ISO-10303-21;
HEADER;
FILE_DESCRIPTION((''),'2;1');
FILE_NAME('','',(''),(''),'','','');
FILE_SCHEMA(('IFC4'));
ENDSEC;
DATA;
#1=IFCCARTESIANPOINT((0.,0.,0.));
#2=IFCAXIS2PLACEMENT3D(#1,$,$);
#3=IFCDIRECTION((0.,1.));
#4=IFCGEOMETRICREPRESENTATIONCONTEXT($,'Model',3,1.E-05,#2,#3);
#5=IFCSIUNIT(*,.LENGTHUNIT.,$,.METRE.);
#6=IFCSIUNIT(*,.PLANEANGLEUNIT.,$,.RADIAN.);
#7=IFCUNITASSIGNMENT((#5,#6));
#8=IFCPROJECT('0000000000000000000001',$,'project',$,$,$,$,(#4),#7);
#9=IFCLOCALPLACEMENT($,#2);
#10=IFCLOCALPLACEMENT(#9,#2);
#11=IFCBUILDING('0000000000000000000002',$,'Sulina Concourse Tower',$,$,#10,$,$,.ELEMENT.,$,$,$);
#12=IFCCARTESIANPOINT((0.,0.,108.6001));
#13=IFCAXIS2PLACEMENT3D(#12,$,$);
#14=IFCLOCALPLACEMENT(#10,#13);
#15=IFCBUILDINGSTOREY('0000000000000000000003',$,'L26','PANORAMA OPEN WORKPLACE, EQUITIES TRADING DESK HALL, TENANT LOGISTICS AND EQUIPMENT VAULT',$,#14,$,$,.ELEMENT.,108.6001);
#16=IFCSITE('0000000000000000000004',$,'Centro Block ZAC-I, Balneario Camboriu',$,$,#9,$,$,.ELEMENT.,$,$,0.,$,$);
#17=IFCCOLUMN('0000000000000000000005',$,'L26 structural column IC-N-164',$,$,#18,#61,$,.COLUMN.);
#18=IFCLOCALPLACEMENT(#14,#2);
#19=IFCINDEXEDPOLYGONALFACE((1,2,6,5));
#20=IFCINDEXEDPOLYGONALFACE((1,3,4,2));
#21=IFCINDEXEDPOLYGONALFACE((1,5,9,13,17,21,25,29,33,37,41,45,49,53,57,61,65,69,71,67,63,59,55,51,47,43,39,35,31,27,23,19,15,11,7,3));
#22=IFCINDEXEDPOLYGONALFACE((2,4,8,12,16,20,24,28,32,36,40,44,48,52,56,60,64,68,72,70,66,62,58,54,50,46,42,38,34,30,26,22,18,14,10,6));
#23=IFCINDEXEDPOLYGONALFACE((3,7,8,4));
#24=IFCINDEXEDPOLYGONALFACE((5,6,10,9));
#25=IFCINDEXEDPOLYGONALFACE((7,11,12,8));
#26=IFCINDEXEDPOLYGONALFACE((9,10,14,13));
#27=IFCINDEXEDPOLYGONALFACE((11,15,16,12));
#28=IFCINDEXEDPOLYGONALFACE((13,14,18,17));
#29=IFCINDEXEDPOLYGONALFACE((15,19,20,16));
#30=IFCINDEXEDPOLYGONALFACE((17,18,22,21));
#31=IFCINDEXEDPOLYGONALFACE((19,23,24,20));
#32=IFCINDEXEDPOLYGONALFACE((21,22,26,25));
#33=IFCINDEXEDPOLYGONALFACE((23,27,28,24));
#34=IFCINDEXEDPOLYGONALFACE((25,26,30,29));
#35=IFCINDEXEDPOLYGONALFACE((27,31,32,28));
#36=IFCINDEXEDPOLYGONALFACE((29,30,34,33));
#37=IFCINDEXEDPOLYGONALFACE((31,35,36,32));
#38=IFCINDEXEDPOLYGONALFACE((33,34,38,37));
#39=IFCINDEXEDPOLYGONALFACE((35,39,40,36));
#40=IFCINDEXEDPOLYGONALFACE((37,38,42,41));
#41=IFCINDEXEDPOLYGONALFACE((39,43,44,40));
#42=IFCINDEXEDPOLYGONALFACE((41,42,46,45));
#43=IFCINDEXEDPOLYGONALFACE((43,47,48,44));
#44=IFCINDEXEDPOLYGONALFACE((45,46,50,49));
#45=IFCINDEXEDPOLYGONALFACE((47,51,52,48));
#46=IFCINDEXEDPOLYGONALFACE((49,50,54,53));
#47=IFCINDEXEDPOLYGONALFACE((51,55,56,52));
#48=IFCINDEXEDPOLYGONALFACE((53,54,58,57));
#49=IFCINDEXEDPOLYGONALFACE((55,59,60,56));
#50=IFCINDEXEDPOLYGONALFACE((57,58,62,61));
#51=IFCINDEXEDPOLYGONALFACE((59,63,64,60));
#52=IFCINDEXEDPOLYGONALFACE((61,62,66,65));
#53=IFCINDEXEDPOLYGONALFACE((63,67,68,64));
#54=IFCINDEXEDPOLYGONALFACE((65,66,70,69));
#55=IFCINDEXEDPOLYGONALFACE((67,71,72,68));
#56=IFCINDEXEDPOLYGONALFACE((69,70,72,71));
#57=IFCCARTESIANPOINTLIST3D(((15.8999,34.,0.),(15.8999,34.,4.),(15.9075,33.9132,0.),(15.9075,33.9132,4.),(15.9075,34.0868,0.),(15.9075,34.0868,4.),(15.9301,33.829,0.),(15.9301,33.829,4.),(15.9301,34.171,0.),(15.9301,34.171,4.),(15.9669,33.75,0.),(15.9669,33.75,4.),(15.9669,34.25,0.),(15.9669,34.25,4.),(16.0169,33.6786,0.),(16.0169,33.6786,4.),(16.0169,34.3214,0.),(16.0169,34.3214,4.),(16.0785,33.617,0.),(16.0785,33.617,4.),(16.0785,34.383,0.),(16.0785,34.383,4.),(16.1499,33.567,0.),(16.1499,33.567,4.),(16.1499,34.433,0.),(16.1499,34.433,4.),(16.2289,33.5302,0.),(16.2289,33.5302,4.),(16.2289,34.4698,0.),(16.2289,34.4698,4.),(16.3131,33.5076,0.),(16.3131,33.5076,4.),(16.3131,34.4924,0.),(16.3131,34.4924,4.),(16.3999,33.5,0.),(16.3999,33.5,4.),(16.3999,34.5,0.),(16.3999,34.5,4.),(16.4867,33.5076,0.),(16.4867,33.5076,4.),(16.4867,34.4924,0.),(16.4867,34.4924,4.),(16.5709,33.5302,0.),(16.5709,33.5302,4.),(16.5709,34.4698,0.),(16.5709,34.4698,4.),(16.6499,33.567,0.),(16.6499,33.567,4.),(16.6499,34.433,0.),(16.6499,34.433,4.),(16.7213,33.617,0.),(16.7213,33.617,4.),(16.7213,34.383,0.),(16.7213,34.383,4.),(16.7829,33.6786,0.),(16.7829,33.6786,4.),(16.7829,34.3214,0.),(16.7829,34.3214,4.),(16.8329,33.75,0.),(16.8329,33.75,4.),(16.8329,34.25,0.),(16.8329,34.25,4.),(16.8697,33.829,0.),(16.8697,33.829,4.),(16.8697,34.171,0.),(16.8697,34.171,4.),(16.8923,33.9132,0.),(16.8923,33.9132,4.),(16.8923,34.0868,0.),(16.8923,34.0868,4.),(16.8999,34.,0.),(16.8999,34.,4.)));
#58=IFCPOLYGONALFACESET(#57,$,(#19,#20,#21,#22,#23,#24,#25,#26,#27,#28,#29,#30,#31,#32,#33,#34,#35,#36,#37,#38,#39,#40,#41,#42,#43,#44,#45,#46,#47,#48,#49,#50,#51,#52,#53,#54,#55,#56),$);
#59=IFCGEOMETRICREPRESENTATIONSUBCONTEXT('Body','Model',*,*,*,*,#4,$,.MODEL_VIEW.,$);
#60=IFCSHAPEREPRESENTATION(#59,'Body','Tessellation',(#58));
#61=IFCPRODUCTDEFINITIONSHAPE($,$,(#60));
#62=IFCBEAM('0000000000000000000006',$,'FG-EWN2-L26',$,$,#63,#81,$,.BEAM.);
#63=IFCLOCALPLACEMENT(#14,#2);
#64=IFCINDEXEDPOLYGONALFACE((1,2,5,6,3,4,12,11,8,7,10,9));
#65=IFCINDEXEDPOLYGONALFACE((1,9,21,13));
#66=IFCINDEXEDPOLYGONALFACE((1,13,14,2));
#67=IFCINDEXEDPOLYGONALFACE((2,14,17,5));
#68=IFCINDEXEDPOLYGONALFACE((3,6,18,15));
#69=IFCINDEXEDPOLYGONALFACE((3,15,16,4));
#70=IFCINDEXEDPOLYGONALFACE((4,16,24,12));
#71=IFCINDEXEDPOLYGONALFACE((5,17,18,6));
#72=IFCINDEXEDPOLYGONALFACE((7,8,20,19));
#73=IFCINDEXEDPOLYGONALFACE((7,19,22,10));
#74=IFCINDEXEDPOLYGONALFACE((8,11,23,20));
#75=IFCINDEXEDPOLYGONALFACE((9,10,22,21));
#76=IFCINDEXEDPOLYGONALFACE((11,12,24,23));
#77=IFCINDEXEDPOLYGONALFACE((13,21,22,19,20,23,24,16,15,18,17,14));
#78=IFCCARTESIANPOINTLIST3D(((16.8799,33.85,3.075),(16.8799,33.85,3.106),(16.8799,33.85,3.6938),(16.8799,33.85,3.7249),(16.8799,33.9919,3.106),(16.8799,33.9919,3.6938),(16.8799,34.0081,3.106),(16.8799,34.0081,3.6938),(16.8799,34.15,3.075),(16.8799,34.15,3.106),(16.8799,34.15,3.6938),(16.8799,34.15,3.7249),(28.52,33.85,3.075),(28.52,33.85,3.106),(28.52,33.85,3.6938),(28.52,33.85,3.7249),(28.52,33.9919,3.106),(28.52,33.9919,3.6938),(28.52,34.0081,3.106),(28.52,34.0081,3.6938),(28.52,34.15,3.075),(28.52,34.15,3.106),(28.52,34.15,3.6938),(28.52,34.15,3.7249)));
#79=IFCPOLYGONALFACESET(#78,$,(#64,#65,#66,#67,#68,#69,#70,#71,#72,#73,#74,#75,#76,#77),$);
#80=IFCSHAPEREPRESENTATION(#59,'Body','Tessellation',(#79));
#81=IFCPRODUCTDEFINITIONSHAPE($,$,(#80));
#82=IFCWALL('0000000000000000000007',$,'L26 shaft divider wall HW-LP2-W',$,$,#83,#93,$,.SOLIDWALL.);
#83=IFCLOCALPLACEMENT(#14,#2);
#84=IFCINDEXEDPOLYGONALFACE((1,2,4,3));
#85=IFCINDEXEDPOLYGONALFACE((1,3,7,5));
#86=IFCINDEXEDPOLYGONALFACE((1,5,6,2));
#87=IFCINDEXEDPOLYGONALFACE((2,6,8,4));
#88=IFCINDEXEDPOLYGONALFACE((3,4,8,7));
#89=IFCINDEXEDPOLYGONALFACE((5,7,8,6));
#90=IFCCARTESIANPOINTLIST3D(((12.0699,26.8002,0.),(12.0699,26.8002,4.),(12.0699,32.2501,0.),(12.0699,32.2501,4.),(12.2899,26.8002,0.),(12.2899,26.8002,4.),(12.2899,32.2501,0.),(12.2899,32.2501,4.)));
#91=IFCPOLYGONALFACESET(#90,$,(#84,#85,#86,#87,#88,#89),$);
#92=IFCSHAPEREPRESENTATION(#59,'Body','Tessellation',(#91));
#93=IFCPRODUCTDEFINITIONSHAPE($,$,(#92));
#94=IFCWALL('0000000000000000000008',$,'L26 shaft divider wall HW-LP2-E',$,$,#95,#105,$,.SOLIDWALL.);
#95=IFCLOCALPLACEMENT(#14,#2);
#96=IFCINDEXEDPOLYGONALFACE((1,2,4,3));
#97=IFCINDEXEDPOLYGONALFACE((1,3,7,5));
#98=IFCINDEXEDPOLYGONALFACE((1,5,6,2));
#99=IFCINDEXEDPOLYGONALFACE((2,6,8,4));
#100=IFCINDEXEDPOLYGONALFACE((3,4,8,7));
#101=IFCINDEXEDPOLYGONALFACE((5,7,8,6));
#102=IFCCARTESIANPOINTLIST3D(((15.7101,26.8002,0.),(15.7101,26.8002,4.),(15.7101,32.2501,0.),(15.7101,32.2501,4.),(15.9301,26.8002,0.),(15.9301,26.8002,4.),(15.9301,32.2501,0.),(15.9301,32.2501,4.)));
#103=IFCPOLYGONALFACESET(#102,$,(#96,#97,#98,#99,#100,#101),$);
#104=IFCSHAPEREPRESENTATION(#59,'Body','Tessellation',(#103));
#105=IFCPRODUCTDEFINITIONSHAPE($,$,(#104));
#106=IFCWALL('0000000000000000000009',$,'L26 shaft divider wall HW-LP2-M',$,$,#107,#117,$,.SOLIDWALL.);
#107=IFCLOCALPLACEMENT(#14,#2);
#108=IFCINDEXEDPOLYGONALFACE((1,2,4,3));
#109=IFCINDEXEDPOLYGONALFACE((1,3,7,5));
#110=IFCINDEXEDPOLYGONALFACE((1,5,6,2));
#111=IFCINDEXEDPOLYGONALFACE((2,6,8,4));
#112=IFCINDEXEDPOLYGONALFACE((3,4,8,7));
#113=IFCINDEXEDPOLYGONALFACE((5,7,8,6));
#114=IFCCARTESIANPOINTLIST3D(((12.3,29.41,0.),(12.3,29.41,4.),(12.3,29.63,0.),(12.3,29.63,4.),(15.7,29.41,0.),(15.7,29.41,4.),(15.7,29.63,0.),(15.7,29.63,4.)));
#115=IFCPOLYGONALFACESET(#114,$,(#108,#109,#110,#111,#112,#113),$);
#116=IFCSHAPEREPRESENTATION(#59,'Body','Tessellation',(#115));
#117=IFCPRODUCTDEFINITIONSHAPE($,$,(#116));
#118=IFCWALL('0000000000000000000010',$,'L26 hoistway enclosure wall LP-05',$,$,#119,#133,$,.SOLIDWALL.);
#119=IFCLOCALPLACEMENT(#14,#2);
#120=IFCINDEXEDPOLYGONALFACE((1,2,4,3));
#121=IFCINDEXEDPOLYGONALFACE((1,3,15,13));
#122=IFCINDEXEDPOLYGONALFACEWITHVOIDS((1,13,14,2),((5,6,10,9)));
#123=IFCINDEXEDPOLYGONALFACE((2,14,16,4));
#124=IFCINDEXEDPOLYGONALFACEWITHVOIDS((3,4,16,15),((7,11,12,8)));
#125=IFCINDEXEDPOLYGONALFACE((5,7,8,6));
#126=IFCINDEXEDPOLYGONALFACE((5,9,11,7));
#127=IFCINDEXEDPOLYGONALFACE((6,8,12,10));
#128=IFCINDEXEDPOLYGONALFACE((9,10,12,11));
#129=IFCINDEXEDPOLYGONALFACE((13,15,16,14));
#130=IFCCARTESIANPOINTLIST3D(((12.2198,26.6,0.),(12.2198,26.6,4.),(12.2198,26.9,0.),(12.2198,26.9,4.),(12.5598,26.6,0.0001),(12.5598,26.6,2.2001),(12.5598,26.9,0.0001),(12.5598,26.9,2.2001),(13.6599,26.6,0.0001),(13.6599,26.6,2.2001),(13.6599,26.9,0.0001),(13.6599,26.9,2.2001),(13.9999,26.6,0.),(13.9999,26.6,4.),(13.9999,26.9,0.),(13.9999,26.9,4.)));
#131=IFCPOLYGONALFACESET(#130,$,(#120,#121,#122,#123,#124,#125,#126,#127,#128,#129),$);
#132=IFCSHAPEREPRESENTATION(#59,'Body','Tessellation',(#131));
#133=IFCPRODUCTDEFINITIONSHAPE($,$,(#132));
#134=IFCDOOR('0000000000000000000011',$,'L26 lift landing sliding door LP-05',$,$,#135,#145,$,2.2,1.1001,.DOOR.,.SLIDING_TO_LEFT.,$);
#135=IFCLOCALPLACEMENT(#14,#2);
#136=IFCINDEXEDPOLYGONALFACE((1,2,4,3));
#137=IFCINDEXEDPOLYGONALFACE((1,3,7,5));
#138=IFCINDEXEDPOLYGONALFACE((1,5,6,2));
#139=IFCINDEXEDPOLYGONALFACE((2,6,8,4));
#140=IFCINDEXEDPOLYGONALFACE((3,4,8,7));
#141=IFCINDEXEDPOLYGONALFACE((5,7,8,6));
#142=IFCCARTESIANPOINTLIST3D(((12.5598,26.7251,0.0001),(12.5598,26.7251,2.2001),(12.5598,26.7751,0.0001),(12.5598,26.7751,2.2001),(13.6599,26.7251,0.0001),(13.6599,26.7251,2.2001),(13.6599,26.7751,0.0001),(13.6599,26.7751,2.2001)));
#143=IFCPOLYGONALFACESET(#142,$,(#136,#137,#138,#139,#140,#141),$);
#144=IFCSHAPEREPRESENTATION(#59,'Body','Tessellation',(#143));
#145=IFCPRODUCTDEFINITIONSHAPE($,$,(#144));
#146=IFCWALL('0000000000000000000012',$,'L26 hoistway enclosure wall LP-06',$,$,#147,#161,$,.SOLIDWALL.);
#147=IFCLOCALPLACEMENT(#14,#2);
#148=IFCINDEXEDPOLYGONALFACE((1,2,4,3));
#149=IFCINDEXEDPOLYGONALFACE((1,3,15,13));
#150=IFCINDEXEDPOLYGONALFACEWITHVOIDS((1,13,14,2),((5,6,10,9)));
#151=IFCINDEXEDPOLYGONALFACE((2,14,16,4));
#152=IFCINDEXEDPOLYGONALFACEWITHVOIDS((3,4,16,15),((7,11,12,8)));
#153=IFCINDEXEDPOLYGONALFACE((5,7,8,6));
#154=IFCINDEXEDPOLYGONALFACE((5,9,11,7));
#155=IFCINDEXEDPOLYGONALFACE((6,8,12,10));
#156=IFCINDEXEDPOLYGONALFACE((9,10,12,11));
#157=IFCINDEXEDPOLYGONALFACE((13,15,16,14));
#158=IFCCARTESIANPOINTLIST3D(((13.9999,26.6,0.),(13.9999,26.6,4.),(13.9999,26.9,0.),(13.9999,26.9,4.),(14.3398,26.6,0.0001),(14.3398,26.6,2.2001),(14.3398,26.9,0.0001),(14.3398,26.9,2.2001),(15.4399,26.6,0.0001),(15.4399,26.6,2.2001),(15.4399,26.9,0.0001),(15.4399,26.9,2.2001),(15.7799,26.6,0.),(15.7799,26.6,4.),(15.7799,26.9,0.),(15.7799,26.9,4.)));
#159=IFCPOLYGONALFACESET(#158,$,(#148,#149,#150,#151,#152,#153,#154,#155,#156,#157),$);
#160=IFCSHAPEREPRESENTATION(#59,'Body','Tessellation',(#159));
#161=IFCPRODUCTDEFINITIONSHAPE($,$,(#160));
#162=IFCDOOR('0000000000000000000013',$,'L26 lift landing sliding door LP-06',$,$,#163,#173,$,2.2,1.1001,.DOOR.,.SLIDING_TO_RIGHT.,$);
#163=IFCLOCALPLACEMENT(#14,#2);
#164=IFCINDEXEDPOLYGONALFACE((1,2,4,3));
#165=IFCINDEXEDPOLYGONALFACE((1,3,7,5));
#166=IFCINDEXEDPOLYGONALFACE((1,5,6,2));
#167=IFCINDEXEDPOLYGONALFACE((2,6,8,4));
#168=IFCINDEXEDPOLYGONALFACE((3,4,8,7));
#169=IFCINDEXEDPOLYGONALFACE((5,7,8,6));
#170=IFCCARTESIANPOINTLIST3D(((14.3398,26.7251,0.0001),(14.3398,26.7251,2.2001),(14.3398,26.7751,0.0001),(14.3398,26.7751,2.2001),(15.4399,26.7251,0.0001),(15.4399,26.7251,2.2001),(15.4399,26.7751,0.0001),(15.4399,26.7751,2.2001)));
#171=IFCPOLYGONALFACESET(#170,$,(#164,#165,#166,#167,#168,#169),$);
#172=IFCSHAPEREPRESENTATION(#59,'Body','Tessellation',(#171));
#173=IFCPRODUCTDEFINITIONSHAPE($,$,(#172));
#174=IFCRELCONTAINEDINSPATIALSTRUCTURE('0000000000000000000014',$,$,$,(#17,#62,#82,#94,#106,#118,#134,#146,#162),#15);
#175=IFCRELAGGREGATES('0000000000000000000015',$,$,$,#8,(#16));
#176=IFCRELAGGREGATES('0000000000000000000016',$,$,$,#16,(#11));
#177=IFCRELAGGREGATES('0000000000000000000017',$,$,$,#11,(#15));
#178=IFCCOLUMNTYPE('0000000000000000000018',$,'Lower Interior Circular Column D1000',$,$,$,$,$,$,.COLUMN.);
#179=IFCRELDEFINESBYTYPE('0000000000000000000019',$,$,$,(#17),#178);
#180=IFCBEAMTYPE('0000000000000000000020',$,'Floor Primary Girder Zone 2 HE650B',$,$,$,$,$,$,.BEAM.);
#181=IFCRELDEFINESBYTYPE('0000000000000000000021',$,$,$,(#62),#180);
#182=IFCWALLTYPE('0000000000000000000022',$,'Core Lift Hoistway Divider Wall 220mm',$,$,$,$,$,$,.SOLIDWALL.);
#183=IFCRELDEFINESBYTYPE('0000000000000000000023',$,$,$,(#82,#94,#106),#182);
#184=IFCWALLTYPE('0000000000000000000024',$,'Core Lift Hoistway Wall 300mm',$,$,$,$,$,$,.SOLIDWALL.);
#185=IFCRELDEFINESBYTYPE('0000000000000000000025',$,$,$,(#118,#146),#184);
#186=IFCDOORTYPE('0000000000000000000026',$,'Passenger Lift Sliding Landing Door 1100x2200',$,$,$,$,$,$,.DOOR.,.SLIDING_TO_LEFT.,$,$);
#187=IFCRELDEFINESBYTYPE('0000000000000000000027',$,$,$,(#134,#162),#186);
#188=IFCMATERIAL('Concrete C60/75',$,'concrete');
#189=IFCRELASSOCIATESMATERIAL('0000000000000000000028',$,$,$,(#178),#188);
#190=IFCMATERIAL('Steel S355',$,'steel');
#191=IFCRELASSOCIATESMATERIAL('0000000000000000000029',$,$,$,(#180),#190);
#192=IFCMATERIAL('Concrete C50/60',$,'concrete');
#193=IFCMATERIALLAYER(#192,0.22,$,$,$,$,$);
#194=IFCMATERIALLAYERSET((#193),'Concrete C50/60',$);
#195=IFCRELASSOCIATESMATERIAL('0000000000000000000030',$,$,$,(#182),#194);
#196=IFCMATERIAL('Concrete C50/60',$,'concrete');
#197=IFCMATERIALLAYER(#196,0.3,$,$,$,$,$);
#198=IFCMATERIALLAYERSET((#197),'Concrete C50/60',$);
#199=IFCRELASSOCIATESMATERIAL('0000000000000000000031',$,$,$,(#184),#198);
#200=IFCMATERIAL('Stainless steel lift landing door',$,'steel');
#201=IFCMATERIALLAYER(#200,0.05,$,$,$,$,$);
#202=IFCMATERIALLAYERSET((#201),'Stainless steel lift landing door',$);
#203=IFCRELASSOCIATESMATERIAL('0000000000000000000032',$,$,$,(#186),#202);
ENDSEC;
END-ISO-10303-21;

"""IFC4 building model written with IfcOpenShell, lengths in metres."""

from ifc_helpers import new_model, si_unit, direction, frame, frame_2d, origin, origin_2d, place, context, subcontext, project, spatial, rectangle, circle, i_section, extrude, material, layer, layer_set, material_profile, profile_set, type_object, element, fill, save


model = new_model("IFC4")

# Units and contexts
model_context = context("Model", 3, precision=1e-05, world=origin(), true_north=direction((0.0, 1.0)))
body_context = subcontext(model_context, "Body", "Model", "MODEL_VIEW")
ifc_project = project(units=[si_unit("LENGTHUNIT", "METRE"), si_unit("PLANEANGLEUNIT", "RADIAN")], contexts=[model_context])

# Site, building, storey
site_placement = place(None, origin())
site = spatial("IfcSite", under=ifc_project, at=site_placement, Name="Centro Block ZAC-I, Balneario Camboriu", CompositionType="ELEMENT", RefElevation=0.0)
building_placement = place(site_placement, origin())
building = spatial("IfcBuilding", under=site, at=building_placement, Name="Sulina Concourse Tower", CompositionType="ELEMENT")
storey_placement = place(building_placement, frame((0.0, 0.0, 108.6001)))
storey = spatial("IfcBuildingStorey", under=building, at=storey_placement, Name="L26", Description="PANORAMA OPEN WORKPLACE, EQUITIES TRADING DESK HALL, TENANT LOGISTICS AND EQUIPMENT VAULT", CompositionType="ELEMENT", Elevation=108.6001)

# Column
ifc_material_1 = material(Name="Concrete C60/75", Category="concrete")
ifc_material_profile_1 = material_profile(ifc_material_1, circle(Radius=0.5, at=origin_2d()), Name="RC D1000")
ifc_profile_set_1 = profile_set([ifc_material_profile_1], Name="Concrete C60/75")
column_type = type_object("IfcColumnType", Name="Lower Interior Circular Column D1000", PredefinedType="COLUMN", material=ifc_profile_set_1)
column_placement = place(storey_placement, frame((16.3999, 34.0, 0.0), z_axis=(0.0, 0.0, 1.0), x_axis=(1.0, 0.0, 0.0)))
element("IfcColumn", 1, at=column_placement, inside=storey, type_object=column_type, Name="L26 structural column IC-N-164", PredefinedType="COLUMN", context=body_context, shape_type="SweptSolid", body=[
    extrude(circle(Radius=0.5, at=origin_2d()), origin(), (0.0, 0.0, 1.0), 4.0),
])

# Beam
ifc_material_2 = material(Name="Steel S355", Category="steel")
ifc_material_profile_2 = material_profile(ifc_material_2, i_section(OverallWidth=0.3, OverallDepth=0.6499, WebThickness=0.0161, FlangeThickness=0.031, at=origin_2d()), Name="HE 650 B")
ifc_profile_set_2 = profile_set([ifc_material_profile_2], Name="Steel S355")
beam_type = type_object("IfcBeamType", Name="Floor Primary Girder Zone 2 HE650B", PredefinedType="BEAM", material=ifc_profile_set_2)
beam_placement = place(storey_placement, frame((16.8799, 34.0, 3.3999), z_axis=(1.0, 0.0, 0.0), x_axis=(0.0, 1.0, 0.0)))
element("IfcBeam", 2, at=beam_placement, inside=storey, type_object=beam_type, Name="FG-EWN2-L26", PredefinedType="BEAM", context=body_context, shape_type="SweptSolid", body=[
    extrude(i_section(OverallWidth=0.3, OverallDepth=0.6499, WebThickness=0.0161, FlangeThickness=0.031, at=origin_2d()), origin(), (0.0, 0.0, 1.0), 11.6401),
])

# Walls
ifc_material_3 = material(Name="Concrete C50/60", Category="concrete")
ifc_layer_1 = layer(ifc_material_3, 0.22)
ifc_layer_set_1 = layer_set([ifc_layer_1], Name="Concrete C50/60")
wall_type_1 = type_object("IfcWallType", Name="Core Lift Hoistway Divider Wall 220mm", PredefinedType="SOLIDWALL", material=ifc_layer_set_1)
for number, where, z_axis, x_axis, name in (
    (3, (12.1799, 26.8, 0.0), (0.0, 0.0, 1.0), (0.0, 1.0, 0.0), "L26 shaft divider wall HW-LP2-W"),
    (4, (15.8201, 26.8, 0.0), (0.0, 0.0, 1.0), (0.0, 1.0, 0.0), "L26 shaft divider wall HW-LP2-E"),
):
    element("IfcWall", number, at=place(storey_placement, frame(where, z_axis=z_axis, x_axis=x_axis)), inside=storey, type_object=wall_type_1, Name=name, PredefinedType="SOLIDWALL", context=body_context, shape_type="SweptSolid", body=[
        extrude(rectangle(XDim=5.45, YDim=0.22, at=frame_2d((2.7251, 0.0))), origin(), (0.0, 0.0, 1.0), 4.0),
    ])
wall_1_placement = place(storey_placement, frame((12.3, 29.52, 0.0), z_axis=(0.0, 0.0, 1.0), x_axis=(1.0, 0.0, 0.0)))
element("IfcWall", 5, at=wall_1_placement, inside=storey, type_object=wall_type_1, Name="L26 shaft divider wall HW-LP2-M", PredefinedType="SOLIDWALL", context=body_context, shape_type="SweptSolid", body=[
    extrude(rectangle(XDim=3.3999, YDim=0.22, at=frame_2d((1.7, 0.0))), origin(), (0.0, 0.0, 1.0), 4.0),
])

# Walls, openings, doors
ifc_material_4 = material(Name="Concrete C50/60", Category="concrete")
ifc_layer_2 = layer(ifc_material_4, 0.3)
ifc_layer_set_2 = layer_set([ifc_layer_2], Name="Concrete C50/60")
wall_type_2 = type_object("IfcWallType", Name="Core Lift Hoistway Wall 300mm", PredefinedType="SOLIDWALL", material=ifc_layer_set_2)
wall_2_placement = place(storey_placement, frame((14.0, 26.75, 0.0), z_axis=(0.0, 0.0, 1.0), x_axis=(-1.0, 0.0, 0.0)))
wall_2 = element("IfcWall", 6, at=wall_2_placement, inside=storey, type_object=wall_type_2, Name="L26 hoistway enclosure wall LP-05", PredefinedType="SOLIDWALL", context=body_context, shape_type="SweptSolid", body=[
    extrude(rectangle(XDim=1.78, YDim=0.3, at=frame_2d((0.8901, 0.0))), origin(), (0.0, 0.0, 1.0), 4.0),
])
opening_1_placement = place(wall_2_placement, frame((0.3401, 0.0, 0.0)))
opening_1 = element("IfcOpeningElement", 7, at=opening_1_placement, cuts=wall_2, PredefinedType="OPENING", context=body_context, shape_type="SweptSolid", body=[
    extrude(rectangle(XDim=1.1001, YDim=2.2, at=frame_2d((0.55, 1.1001))), frame((0.0, 0.1599, 0.0), z_axis=(0.0, -1.0, 0.0), x_axis=(1.0, 0.0, 0.0)), (0.0, 0.0, 1.0), 0.3201),
])
ifc_material_5 = material(Name="Stainless steel lift landing door", Category="steel")
ifc_layer_3 = layer(ifc_material_5, 0.05)
ifc_layer_set_3 = layer_set([ifc_layer_3], Name="Stainless steel lift landing door")
door_type_1 = type_object("IfcDoorType", Name="Passenger Lift Sliding Landing Door 1100x2200", OperationType="SLIDING_TO_LEFT", PredefinedType="DOOR", material=ifc_layer_set_3)
door_1_placement = place(opening_1_placement, origin())
door_1 = element("IfcDoor", 8, at=door_1_placement, inside=storey, type_object=door_type_1, Name="L26 lift landing sliding door LP-05", OperationType="SLIDING_TO_LEFT", OverallHeight=2.2, OverallWidth=1.1001, PredefinedType="DOOR", context=body_context, shape_type="SweptSolid", body=[
    extrude(rectangle(XDim=1.1001, YDim=2.2, at=frame_2d((0.55, 1.1001))), frame((0.0, 0.0249, 0.0), z_axis=(0.0, -1.0, 0.0), x_axis=(1.0, 0.0, 0.0)), (0.0, 0.0, 1.0), 0.05),
])
fill(opening_1, door_1)
wall_3_placement = place(storey_placement, frame((15.78, 26.75, 0.0), z_axis=(0.0, 0.0, 1.0), x_axis=(-1.0, 0.0, 0.0)))
wall_3 = element("IfcWall", 9, at=wall_3_placement, inside=storey, type_object=wall_type_2, Name="L26 hoistway enclosure wall LP-06", PredefinedType="SOLIDWALL", context=body_context, shape_type="SweptSolid", body=[
    extrude(rectangle(XDim=1.78, YDim=0.3, at=frame_2d((0.8901, 0.0))), origin(), (0.0, 0.0, 1.0), 4.0),
])
opening_2_placement = place(wall_3_placement, frame((0.3401, 0.0, 0.0)))
opening_2 = element("IfcOpeningElement", 10, at=opening_2_placement, cuts=wall_3, PredefinedType="OPENING", context=body_context, shape_type="SweptSolid", body=[
    extrude(rectangle(XDim=1.1001, YDim=2.2, at=frame_2d((0.55, 1.1001))), frame((0.0, 0.1599, 0.0), z_axis=(0.0, -1.0, 0.0), x_axis=(1.0, 0.0, 0.0)), (0.0, 0.0, 1.0), 0.3201),
])
door_2_placement = place(opening_2_placement, origin())
door_2 = element("IfcDoor", 11, at=door_2_placement, inside=storey, type_object=door_type_1, Name="L26 lift landing sliding door LP-06", OperationType="SLIDING_TO_RIGHT", OverallHeight=2.2, OverallWidth=1.1001, PredefinedType="DOOR", context=body_context, shape_type="SweptSolid", body=[
    extrude(rectangle(XDim=1.1001, YDim=2.2, at=frame_2d((0.55, 1.1001))), frame((0.0, 0.0249, 0.0), z_axis=(0.0, -1.0, 0.0), x_axis=(1.0, 0.0, 0.0)), (0.0, 0.0, 1.0), 0.05),
])
fill(opening_2, door_2)

save(model, "model.ifc")
